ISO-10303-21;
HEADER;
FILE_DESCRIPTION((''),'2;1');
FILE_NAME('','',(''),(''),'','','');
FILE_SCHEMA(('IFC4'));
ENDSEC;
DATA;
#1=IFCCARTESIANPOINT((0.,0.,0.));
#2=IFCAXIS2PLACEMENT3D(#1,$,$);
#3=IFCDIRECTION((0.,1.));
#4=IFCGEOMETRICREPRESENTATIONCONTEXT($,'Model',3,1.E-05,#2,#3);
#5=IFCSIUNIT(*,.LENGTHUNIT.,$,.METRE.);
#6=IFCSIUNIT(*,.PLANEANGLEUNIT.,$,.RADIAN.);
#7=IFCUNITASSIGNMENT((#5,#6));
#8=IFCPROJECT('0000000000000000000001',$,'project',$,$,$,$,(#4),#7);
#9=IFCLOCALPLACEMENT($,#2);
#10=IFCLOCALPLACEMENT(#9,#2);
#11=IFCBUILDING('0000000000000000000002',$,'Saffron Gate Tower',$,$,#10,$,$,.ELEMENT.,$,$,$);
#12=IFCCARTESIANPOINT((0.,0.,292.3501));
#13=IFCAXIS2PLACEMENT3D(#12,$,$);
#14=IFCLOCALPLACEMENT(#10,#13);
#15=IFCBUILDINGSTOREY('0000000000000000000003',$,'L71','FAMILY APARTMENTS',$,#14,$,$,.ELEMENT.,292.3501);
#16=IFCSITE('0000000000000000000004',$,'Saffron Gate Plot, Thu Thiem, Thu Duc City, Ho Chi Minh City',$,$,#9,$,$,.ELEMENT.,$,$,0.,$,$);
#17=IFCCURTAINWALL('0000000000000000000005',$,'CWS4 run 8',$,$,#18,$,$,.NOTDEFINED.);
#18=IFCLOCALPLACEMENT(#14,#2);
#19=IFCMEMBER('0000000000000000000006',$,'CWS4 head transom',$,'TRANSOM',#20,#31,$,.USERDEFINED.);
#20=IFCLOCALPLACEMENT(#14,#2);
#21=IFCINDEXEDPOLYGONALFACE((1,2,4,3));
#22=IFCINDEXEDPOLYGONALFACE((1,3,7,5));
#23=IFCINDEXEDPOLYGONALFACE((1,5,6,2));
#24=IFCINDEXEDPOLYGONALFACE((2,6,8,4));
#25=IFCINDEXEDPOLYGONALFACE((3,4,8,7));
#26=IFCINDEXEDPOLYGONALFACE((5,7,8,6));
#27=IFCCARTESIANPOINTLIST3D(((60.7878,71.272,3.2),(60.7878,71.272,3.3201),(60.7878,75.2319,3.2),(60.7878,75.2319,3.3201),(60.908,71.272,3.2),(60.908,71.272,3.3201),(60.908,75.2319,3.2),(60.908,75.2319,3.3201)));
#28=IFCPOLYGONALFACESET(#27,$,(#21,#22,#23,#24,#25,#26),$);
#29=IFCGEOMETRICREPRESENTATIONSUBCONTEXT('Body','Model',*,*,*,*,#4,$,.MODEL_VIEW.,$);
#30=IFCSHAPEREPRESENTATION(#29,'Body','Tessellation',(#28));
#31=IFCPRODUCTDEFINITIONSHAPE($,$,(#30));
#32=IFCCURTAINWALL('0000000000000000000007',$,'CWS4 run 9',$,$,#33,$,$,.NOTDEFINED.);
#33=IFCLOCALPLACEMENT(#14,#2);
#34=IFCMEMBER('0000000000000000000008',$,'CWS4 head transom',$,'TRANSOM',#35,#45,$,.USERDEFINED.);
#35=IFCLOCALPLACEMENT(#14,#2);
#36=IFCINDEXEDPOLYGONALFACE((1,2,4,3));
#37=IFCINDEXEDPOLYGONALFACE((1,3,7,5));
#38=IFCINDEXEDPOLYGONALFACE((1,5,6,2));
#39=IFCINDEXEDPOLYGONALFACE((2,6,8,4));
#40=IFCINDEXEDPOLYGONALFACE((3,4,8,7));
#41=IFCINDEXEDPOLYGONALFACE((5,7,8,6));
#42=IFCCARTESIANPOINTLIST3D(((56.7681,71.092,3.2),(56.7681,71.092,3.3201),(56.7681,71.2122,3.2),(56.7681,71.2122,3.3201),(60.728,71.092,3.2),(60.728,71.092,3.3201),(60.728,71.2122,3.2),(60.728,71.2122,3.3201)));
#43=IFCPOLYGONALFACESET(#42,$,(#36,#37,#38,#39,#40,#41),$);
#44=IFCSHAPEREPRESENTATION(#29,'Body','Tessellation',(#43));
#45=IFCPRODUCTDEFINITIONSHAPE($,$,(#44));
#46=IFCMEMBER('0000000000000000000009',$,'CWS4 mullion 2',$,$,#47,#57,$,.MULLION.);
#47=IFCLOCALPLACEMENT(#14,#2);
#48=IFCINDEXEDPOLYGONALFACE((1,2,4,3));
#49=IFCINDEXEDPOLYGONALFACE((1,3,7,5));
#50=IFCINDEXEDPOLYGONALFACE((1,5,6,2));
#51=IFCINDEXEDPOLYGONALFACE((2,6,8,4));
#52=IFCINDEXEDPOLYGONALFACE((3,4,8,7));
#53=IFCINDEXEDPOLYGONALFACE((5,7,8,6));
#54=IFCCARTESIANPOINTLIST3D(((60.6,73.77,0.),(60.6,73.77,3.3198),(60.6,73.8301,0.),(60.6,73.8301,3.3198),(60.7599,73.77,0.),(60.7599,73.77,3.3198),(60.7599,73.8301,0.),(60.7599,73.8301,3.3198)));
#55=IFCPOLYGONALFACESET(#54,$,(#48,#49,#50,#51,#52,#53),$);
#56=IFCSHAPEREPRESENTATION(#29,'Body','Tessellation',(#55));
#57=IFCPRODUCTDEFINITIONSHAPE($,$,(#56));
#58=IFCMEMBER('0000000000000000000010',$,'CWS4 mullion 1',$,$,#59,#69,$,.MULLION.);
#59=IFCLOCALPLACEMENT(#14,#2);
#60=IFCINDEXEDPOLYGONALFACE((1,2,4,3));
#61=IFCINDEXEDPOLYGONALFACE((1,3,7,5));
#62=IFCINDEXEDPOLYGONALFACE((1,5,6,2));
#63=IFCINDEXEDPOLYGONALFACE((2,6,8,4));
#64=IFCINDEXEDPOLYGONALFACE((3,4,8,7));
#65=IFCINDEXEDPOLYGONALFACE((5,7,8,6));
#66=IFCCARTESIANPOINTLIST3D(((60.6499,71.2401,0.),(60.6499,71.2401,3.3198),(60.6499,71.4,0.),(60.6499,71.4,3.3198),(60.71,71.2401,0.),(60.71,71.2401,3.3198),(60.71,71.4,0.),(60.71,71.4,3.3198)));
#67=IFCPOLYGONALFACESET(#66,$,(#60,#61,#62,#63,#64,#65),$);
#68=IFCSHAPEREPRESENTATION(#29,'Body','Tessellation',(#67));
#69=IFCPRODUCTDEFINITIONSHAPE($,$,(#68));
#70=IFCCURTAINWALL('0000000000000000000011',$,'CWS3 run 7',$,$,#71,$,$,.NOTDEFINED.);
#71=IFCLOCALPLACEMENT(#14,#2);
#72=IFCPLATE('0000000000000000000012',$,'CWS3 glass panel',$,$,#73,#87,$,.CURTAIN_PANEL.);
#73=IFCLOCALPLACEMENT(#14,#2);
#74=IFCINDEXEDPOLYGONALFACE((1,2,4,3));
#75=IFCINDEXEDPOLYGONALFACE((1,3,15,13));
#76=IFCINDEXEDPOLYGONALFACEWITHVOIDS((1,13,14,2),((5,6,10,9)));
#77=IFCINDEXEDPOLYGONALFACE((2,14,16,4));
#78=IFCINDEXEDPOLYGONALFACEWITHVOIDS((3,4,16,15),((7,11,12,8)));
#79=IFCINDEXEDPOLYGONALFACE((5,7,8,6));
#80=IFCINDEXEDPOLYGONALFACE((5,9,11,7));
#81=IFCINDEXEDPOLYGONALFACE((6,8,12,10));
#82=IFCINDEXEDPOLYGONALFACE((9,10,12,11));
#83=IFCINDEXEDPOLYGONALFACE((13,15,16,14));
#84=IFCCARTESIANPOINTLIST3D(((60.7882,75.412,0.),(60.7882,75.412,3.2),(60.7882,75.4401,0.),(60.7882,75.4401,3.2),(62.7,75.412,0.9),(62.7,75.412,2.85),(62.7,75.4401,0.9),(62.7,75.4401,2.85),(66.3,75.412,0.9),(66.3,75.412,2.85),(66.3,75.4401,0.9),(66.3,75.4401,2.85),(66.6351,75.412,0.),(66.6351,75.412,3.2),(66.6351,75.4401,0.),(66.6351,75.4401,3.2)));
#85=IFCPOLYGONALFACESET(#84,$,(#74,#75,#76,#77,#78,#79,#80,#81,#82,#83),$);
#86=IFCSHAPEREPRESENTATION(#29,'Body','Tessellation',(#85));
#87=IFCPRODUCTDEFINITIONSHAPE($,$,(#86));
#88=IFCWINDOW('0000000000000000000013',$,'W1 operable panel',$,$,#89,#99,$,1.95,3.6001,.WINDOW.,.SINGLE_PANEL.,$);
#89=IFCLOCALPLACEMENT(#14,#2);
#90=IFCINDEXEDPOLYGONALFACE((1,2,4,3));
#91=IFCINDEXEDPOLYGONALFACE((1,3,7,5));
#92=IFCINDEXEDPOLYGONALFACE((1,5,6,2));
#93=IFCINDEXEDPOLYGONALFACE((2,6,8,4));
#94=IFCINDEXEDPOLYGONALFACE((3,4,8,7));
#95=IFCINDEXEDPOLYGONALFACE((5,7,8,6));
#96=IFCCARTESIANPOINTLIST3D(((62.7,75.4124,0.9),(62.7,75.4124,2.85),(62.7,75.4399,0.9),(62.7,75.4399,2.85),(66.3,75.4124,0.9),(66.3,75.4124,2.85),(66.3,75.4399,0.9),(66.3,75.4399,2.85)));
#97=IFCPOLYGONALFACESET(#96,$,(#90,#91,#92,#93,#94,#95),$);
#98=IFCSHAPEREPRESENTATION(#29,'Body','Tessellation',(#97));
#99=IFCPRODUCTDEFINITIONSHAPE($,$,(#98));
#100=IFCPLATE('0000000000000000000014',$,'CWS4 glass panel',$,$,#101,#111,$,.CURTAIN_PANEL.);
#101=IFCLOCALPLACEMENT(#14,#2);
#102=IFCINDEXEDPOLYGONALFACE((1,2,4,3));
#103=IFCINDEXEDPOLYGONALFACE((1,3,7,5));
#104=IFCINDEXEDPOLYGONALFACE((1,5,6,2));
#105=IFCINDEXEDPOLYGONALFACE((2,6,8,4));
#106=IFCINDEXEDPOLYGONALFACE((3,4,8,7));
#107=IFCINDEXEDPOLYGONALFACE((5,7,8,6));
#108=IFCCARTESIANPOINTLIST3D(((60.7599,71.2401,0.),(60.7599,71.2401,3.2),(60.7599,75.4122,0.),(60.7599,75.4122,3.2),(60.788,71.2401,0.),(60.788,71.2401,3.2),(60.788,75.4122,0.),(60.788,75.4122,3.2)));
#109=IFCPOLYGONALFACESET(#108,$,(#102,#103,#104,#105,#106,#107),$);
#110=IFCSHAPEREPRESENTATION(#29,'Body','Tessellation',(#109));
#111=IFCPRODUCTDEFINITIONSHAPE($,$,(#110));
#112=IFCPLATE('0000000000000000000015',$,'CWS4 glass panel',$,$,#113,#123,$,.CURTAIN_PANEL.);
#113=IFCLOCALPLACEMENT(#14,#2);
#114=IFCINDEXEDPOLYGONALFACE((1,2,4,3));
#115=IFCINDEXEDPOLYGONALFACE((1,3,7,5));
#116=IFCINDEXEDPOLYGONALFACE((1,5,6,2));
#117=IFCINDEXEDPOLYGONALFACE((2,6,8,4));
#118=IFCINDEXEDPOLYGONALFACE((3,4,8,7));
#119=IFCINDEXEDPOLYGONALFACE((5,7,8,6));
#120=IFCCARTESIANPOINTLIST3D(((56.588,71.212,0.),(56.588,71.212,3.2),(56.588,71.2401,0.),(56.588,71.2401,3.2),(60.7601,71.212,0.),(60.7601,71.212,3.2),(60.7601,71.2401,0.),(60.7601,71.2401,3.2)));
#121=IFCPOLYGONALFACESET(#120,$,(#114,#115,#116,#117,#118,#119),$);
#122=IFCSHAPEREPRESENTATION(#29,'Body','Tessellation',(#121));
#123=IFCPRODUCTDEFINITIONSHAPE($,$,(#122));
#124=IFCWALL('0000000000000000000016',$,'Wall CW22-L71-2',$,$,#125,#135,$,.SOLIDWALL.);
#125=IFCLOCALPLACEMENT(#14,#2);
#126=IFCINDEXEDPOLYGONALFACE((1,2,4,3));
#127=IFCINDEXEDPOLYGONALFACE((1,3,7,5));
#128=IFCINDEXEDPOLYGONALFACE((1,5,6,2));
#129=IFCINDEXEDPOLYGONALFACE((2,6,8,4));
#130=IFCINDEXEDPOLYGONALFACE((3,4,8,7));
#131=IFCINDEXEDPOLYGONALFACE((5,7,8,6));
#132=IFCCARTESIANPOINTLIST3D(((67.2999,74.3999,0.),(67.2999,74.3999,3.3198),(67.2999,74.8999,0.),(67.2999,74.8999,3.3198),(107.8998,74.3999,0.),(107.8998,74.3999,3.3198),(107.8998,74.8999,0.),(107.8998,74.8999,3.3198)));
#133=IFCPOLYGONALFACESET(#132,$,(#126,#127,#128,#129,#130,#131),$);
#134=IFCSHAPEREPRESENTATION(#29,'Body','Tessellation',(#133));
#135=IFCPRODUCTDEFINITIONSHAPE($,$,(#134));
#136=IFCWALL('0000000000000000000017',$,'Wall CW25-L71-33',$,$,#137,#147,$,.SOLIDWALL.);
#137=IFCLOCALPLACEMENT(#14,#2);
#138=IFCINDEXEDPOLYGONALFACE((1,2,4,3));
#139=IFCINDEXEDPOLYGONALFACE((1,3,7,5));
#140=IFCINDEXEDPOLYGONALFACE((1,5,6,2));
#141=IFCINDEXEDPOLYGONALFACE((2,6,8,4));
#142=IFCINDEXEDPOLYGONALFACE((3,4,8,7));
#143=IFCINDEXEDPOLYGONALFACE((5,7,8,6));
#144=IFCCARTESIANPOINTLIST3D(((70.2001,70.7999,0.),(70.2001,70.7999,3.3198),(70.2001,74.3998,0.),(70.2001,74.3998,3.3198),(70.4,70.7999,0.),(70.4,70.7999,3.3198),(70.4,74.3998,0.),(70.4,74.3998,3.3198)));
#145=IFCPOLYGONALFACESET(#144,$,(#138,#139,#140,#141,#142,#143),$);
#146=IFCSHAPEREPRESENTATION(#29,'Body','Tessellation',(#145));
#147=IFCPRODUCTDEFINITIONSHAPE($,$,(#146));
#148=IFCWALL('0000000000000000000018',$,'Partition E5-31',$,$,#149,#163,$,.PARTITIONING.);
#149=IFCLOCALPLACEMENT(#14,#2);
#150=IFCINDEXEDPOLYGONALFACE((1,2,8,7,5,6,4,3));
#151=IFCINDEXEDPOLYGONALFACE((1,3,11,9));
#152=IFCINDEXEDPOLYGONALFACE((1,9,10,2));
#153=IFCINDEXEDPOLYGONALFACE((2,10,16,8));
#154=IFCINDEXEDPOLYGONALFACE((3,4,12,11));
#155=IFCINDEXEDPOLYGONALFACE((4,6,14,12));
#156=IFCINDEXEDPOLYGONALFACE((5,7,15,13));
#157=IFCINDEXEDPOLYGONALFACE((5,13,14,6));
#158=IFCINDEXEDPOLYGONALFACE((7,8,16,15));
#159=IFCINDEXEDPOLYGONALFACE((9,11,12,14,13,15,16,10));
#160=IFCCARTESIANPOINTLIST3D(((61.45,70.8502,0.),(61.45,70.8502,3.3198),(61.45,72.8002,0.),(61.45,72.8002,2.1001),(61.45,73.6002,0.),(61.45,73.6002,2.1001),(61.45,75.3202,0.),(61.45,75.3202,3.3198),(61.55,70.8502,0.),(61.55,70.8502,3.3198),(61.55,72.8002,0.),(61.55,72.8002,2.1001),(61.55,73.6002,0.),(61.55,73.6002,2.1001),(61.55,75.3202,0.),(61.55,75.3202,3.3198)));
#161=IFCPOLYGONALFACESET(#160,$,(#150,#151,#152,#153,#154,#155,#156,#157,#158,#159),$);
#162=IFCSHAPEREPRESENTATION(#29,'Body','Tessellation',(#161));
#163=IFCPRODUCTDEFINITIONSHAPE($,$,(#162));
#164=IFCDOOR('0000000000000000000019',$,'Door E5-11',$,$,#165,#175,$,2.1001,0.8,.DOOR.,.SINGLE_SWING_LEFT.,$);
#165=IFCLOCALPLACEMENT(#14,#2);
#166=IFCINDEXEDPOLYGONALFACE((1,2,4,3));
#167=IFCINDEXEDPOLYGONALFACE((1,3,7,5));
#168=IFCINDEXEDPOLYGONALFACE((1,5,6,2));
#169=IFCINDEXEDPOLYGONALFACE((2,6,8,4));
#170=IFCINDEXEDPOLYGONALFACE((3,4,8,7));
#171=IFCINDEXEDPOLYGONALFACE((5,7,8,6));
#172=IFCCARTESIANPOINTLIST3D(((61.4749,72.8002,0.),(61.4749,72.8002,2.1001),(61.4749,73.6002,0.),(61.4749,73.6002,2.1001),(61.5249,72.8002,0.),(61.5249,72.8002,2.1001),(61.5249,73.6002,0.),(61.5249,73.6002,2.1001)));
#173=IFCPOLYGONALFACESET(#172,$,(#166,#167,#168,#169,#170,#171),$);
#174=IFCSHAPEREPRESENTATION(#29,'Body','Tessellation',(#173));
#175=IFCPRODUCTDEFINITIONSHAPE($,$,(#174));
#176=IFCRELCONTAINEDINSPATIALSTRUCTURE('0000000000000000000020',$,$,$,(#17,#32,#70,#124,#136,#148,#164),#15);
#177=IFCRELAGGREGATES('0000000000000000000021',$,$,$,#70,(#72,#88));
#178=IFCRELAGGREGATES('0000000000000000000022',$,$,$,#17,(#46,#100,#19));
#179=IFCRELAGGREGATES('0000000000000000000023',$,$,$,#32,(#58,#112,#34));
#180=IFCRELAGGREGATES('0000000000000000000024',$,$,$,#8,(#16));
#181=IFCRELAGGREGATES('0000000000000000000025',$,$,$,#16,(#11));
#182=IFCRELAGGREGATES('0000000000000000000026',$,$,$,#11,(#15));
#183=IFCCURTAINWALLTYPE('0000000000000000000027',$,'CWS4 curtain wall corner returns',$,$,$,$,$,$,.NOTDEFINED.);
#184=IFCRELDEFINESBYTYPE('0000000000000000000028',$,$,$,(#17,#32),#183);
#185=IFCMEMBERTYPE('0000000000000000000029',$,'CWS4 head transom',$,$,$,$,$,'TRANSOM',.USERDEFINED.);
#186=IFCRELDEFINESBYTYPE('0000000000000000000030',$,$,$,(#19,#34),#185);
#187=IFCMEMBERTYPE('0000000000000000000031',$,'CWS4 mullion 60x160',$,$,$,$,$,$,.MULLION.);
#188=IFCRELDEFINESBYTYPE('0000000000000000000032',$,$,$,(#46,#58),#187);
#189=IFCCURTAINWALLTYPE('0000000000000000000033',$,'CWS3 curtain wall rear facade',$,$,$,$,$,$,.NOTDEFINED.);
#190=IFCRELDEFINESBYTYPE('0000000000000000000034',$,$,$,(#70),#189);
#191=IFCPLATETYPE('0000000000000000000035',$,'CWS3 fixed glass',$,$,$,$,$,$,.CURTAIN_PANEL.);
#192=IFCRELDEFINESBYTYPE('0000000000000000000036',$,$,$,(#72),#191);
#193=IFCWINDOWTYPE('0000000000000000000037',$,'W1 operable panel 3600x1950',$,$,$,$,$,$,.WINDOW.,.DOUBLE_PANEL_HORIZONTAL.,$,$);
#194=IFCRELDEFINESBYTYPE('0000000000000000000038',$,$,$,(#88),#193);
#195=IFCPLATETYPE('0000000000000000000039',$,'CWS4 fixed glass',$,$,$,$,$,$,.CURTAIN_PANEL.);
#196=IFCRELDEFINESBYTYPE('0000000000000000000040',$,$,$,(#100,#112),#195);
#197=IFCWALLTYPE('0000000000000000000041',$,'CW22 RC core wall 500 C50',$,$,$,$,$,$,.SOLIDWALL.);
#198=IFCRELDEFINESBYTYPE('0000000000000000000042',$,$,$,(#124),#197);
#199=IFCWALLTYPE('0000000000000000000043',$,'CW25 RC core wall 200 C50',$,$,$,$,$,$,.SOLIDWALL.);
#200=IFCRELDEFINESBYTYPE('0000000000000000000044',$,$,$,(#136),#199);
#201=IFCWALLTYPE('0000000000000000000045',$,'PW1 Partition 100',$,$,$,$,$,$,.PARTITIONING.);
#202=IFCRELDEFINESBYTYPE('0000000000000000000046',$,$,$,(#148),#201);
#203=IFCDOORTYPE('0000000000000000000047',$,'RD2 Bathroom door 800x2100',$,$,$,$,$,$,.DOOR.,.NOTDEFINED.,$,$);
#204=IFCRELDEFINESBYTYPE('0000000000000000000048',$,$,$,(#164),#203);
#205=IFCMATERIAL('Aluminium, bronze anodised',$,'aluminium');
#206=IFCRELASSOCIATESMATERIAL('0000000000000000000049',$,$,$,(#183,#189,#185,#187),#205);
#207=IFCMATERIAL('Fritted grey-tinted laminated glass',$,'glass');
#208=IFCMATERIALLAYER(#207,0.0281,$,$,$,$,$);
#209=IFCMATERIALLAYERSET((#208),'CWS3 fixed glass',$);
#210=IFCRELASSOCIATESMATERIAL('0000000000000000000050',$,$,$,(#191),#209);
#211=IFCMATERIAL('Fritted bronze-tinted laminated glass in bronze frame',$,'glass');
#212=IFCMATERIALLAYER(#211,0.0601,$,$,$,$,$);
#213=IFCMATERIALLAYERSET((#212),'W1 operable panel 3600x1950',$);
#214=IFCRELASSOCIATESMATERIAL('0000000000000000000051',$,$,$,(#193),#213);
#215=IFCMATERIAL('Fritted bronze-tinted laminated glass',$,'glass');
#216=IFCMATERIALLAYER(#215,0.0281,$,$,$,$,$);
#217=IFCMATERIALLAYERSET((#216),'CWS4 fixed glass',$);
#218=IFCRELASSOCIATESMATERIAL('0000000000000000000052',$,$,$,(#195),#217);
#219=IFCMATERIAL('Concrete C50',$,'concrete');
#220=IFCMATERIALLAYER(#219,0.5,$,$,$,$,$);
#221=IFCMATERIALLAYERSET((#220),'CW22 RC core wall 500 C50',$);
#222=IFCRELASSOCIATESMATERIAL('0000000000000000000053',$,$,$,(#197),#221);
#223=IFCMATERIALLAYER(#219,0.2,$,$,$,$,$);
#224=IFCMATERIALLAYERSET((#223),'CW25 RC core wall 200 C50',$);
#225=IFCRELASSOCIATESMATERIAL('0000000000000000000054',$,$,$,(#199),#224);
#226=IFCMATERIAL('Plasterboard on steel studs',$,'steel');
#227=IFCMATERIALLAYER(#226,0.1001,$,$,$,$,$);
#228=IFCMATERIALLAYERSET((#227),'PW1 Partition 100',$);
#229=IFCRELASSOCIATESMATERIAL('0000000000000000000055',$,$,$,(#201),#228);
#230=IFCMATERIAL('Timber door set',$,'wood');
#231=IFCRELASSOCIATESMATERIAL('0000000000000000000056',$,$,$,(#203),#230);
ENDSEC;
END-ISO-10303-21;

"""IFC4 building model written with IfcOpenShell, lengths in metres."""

from ifc_helpers import new_model, si_unit, direction, frame, frame_2d, origin, origin_2d, place, context, subcontext, project, spatial, rectangle, extrude, material, layer, layer_set, material_profile, profile_set, type_object, element, fill, aggregate, save


model = new_model("IFC4")

# Units and contexts
model_context = context("Model", 3, precision=1e-05, world=origin(), true_north=direction((0.0, 1.0)))
body_context = subcontext(model_context, "Body", "Model", "MODEL_VIEW")
ifc_project = project(units=[si_unit("LENGTHUNIT", "METRE"), si_unit("PLANEANGLEUNIT", "RADIAN")], contexts=[model_context])

# Site, building, storey
site_placement = place(None, origin())
site = spatial("IfcSite", under=ifc_project, at=site_placement, Name="Saffron Gate Plot, Thu Thiem, Thu Duc City, Ho Chi Minh City", CompositionType="ELEMENT", RefElevation=0.0)
building_placement = place(site_placement, origin())
building = spatial("IfcBuilding", under=site, at=building_placement, Name="Saffron Gate Tower", CompositionType="ELEMENT")
storey_placement = place(building_placement, frame((0.0, 0.0, 292.3501)))
storey = spatial("IfcBuildingStorey", under=building, at=storey_placement, Name="L71", Description="FAMILY APARTMENTS", CompositionType="ELEMENT", Elevation=292.3501)

# Curtain walls, members
ifc_material_1 = material(Name="Aluminium, bronze anodised", Category="aluminium")
curtain_wall_type_1 = type_object("IfcCurtainWallType", Name="CWS4 curtain wall corner returns", PredefinedType="NOTDEFINED", material=ifc_material_1)
curtain_wall_1_placement = place(storey_placement, origin())
curtain_wall_1 = element("IfcCurtainWall", 1, at=curtain_wall_1_placement, inside=storey, type_object=curtain_wall_type_1, Name="CWS4 run 8", PredefinedType="NOTDEFINED")
ifc_material_profile_1 = material_profile(ifc_material_1, rectangle(XDim=0.1201, YDim=0.1201, at=origin_2d()))
ifc_profile_set_1 = profile_set([ifc_material_profile_1], Name="Aluminium, bronze anodised")
member_type_1 = type_object("IfcMemberType", Name="CWS4 head transom", ElementType="TRANSOM", PredefinedType="USERDEFINED", material=ifc_profile_set_1)
member_1_placement = place(storey_placement, frame((60.8479, 75.2319, 3.26), z_axis=(0.0, -1.0, 0.0), x_axis=(1.0, 0.0, 0.0)))
member_1 = element("IfcMember", 2, at=member_1_placement, type_object=member_type_1, Name="CWS4 head transom", ObjectType="TRANSOM", PredefinedType="USERDEFINED", context=body_context, shape_type="SweptSolid", body=[
    extrude(rectangle(XDim=0.1201, YDim=0.1201, at=origin_2d()), origin(), (0.0, 0.0, 1.0), 3.96),
])
curtain_wall_2_placement = place(storey_placement, origin())
curtain_wall_2 = element("IfcCurtainWall", 3, at=curtain_wall_2_placement, inside=storey, type_object=curtain_wall_type_1, Name="CWS4 run 9", PredefinedType="NOTDEFINED")
member_2_placement = place(storey_placement, frame((60.728, 71.1521, 3.26), z_axis=(-1.0, 0.0, 0.0), x_axis=(0.0, -1.0, 0.0)))
member_2 = element("IfcMember", 4, at=member_2_placement, type_object=member_type_1, Name="CWS4 head transom", ObjectType="TRANSOM", PredefinedType="USERDEFINED", context=body_context, shape_type="SweptSolid", body=[
    extrude(rectangle(XDim=0.1201, YDim=0.1201, at=origin_2d()), origin(), (0.0, 0.0, 1.0), 3.96),
])

# Members
ifc_material_profile_2 = material_profile(ifc_material_1, rectangle(XDim=0.1599, YDim=0.0601, at=origin_2d()))
ifc_profile_set_2 = profile_set([ifc_material_profile_2], Name="Aluminium, bronze anodised")
member_type_2 = type_object("IfcMemberType", Name="CWS4 mullion 60x160", PredefinedType="MULLION", material=ifc_profile_set_2)
member_3_placement = place(storey_placement, frame((60.6799, 73.8, 0.0), z_axis=(0.0, 0.0, 1.0), x_axis=(1.0, 0.0, 0.0)))
member_3 = element("IfcMember", 5, at=member_3_placement, type_object=member_type_2, Name="CWS4 mullion 2", PredefinedType="MULLION", context=body_context, shape_type="SweptSolid", body=[
    extrude(rectangle(XDim=0.1599, YDim=0.0601, at=origin_2d()), origin(), (0.0, 0.0, 1.0), 3.3198),
])
member_4_placement = place(storey_placement, frame((60.6799, 71.3201, 0.0), z_axis=(0.0, 0.0, 1.0), x_axis=(0.0, -1.0, 0.0)))
member_4 = element("IfcMember", 6, at=member_4_placement, type_object=member_type_2, Name="CWS4 mullion 1", PredefinedType="MULLION", context=body_context, shape_type="SweptSolid", body=[
    extrude(rectangle(XDim=0.1599, YDim=0.0601, at=origin_2d()), origin(), (0.0, 0.0, 1.0), 3.3198),
])

# Curtain wall, plate, opening, window
curtain_wall_type_2 = type_object("IfcCurtainWallType", Name="CWS3 curtain wall rear facade", PredefinedType="NOTDEFINED", material=ifc_material_1)
curtain_wall_3_placement = place(storey_placement, origin())
curtain_wall_3 = element("IfcCurtainWall", 7, at=curtain_wall_3_placement, inside=storey, type_object=curtain_wall_type_2, Name="CWS3 run 7", PredefinedType="NOTDEFINED")
ifc_material_2 = material(Name="Fritted grey-tinted laminated glass", Category="glass")
ifc_layer_1 = layer(ifc_material_2, 0.0281)
ifc_layer_set_1 = layer_set([ifc_layer_1], Name="CWS3 fixed glass")
plate_type_1 = type_object("IfcPlateType", Name="CWS3 fixed glass", PredefinedType="CURTAIN_PANEL", material=ifc_layer_set_1)
plate_1_placement = place(storey_placement, frame((66.635, 75.426, 0.0), z_axis=(0.0, 0.0, 1.0), x_axis=(-1.0, 0.0, 0.0)))
plate_1 = element("IfcPlate", 8, at=plate_1_placement, type_object=plate_type_1, Name="CWS3 glass panel", PredefinedType="CURTAIN_PANEL", context=body_context, shape_type="SweptSolid", body=[
    extrude(rectangle(XDim=5.8469, YDim=0.0281, at=frame_2d((2.9233, 0.0))), origin(), (0.0, 0.0, 1.0), 3.2),
])
opening_1_placement = place(plate_1_placement, frame((0.335, 0.0, 0.8999)))
opening_1 = element("IfcOpeningElement", 9, at=opening_1_placement, cuts=plate_1, PredefinedType="OPENING", context=body_context, shape_type="SweptSolid", body=[
    extrude(rectangle(XDim=3.6001, YDim=1.95, at=frame_2d((1.8, 0.9751))), frame((0.0, 0.0239, 0.0), z_axis=(0.0, -1.0, 0.0), x_axis=(1.0, 0.0, 0.0)), (0.0, 0.0, 1.0), 0.0481),
])
ifc_material_3 = material(Name="Fritted bronze-tinted laminated glass in bronze frame", Category="glass")
ifc_layer_2 = layer(ifc_material_3, 0.0601)
ifc_layer_set_2 = layer_set([ifc_layer_2], Name="W1 operable panel 3600x1950")
window_type = type_object("IfcWindowType", Name="W1 operable panel 3600x1950", PartitioningType="DOUBLE_PANEL_HORIZONTAL", PredefinedType="WINDOW", material=ifc_layer_set_2)
window_placement = place(opening_1_placement, origin())
window = element("IfcWindow", 10, at=window_placement, type_object=window_type, Name="W1 operable panel", OverallHeight=1.95, OverallWidth=3.6001, PartitioningType="SINGLE_PANEL", PredefinedType="WINDOW", context=body_context, shape_type="SweptSolid", body=[
    extrude(rectangle(XDim=3.6001, YDim=1.95, at=frame_2d((1.8, 0.9751))), frame((0.0, 0.0137, 0.0), z_axis=(0.0, -1.0, 0.0), x_axis=(1.0, 0.0, 0.0)), (0.0, 0.0, 1.0), 0.0276),
])
fill(opening_1, window)
aggregate(curtain_wall_3, [plate_1, window])

# Plates
ifc_material_4 = material(Name="Fritted bronze-tinted laminated glass", Category="glass")
ifc_layer_3 = layer(ifc_material_4, 0.0281)
ifc_layer_set_3 = layer_set([ifc_layer_3], Name="CWS4 fixed glass")
plate_type_2 = type_object("IfcPlateType", Name="CWS4 fixed glass", PredefinedType="CURTAIN_PANEL", material=ifc_layer_set_3)
plate_2_placement = place(storey_placement, frame((60.7739, 75.4121, 0.0), z_axis=(0.0, 0.0, 1.0), x_axis=(0.0, -1.0, 0.0)))
plate_2 = element("IfcPlate", 11, at=plate_2_placement, type_object=plate_type_2, Name="CWS4 glass panel", PredefinedType="CURTAIN_PANEL", context=body_context, shape_type="SweptSolid", body=[
    extrude(rectangle(XDim=4.1721, YDim=0.0281, at=frame_2d((2.0859, 0.0))), origin(), (0.0, 0.0, 1.0), 3.2),
])
aggregate(curtain_wall_1, [member_3, plate_2, member_1])
plate_3_placement = place(storey_placement, frame((60.76, 71.2261, 0.0), z_axis=(0.0, 0.0, 1.0), x_axis=(-1.0, 0.0, 0.0)))
plate_3 = element("IfcPlate", 12, at=plate_3_placement, type_object=plate_type_2, Name="CWS4 glass panel", PredefinedType="CURTAIN_PANEL", context=body_context, shape_type="SweptSolid", body=[
    extrude(rectangle(XDim=4.1721, YDim=0.0281, at=frame_2d((2.0859, 0.0))), origin(), (0.0, 0.0, 1.0), 3.2),
])
aggregate(curtain_wall_2, [member_4, plate_3, member_2])

# Walls
ifc_material_5 = material(Name="Concrete C50", Category="concrete")
ifc_layer_4 = layer(ifc_material_5, 0.5)
ifc_layer_set_4 = layer_set([ifc_layer_4], Name="CW22 RC core wall 500 C50")
wall_type_1 = type_object("IfcWallType", Name="CW22 RC core wall 500 C50", PredefinedType="SOLIDWALL", material=ifc_layer_set_4)
wall_1_placement = place(storey_placement, frame((67.3, 74.6499, 0.0), z_axis=(0.0, 0.0, 1.0), x_axis=(1.0, 0.0, 0.0)))
element("IfcWall", 13, at=wall_1_placement, inside=storey, type_object=wall_type_1, Name="Wall CW22-L71-2", PredefinedType="SOLIDWALL", context=body_context, shape_type="SweptSolid", body=[
    extrude(rectangle(XDim=40.5999, YDim=0.5, at=frame_2d((20.2998, 0.0))), origin(), (0.0, 0.0, 1.0), 3.3198),
])
ifc_layer_5 = layer(ifc_material_5, 0.2)
ifc_layer_set_5 = layer_set([ifc_layer_5], Name="CW25 RC core wall 200 C50")
wall_type_2 = type_object("IfcWallType", Name="CW25 RC core wall 200 C50", PredefinedType="SOLIDWALL", material=ifc_layer_set_5)
wall_2_placement = place(storey_placement, frame((70.3, 70.8, 0.0), z_axis=(0.0, 0.0, 1.0), x_axis=(0.0, 1.0, 0.0)))
element("IfcWall", 14, at=wall_2_placement, inside=storey, type_object=wall_type_2, Name="Wall CW25-L71-33", PredefinedType="SOLIDWALL", context=body_context, shape_type="SweptSolid", body=[
    extrude(rectangle(XDim=3.5999, YDim=0.2, at=frame_2d((1.7998, 0.0))), origin(), (0.0, 0.0, 1.0), 3.3198),
])

# Wall, opening, door
ifc_material_6 = material(Name="Plasterboard on steel studs", Category="steel")
ifc_layer_6 = layer(ifc_material_6, 0.1001)
ifc_layer_set_6 = layer_set([ifc_layer_6], Name="PW1 Partition 100")
wall_type_3 = type_object("IfcWallType", Name="PW1 Partition 100", PredefinedType="PARTITIONING", material=ifc_layer_set_6)
wall_3_placement = place(storey_placement, frame((61.5, 75.3201, 0.0), z_axis=(0.0, 0.0, 1.0), x_axis=(0.0, -1.0, 0.0)))
wall_3 = element("IfcWall", 15, at=wall_3_placement, inside=storey, type_object=wall_type_3, Name="Partition E5-31", PredefinedType="PARTITIONING", context=body_context, shape_type="SweptSolid", body=[
    extrude(rectangle(XDim=4.47, YDim=0.1001, at=frame_2d((2.2349, 0.0))), origin(), (0.0, 0.0, 1.0), 3.3198),
])
opening_2_placement = place(wall_3_placement, frame((1.72, 0.0, 0.0)))
opening_2 = element("IfcOpeningElement", 16, at=opening_2_placement, cuts=wall_3, PredefinedType="OPENING", context=body_context, shape_type="SweptSolid", body=[
    extrude(rectangle(XDim=0.8, YDim=2.1001, at=frame_2d((0.3999, 1.05))), frame((0.0, 0.0601, 0.0), z_axis=(0.0, -1.0, 0.0), x_axis=(1.0, 0.0, 0.0)), (0.0, 0.0, 1.0), 0.1201),
])
ifc_material_7 = material(Name="Timber door set", Category="wood")
door_type = type_object("IfcDoorType", Name="RD2 Bathroom door 800x2100", OperationType="NOTDEFINED", PredefinedType="DOOR", material=ifc_material_7)
door_placement = place(opening_2_placement, origin())
door = element("IfcDoor", 17, at=door_placement, inside=storey, type_object=door_type, Name="Door E5-11", OperationType="SINGLE_SWING_LEFT", OverallHeight=2.1001, OverallWidth=0.8, PredefinedType="DOOR", context=body_context, shape_type="SweptSolid", body=[
    extrude(rectangle(XDim=0.8, YDim=2.1001, at=frame_2d((0.3999, 1.05))), frame((0.0, 0.0249, 0.0), z_axis=(0.0, -1.0, 0.0), x_axis=(1.0, 0.0, 0.0)), (0.0, 0.0, 1.0), 0.05),
])
fill(opening_2, door)

save(model, "model.ifc")
